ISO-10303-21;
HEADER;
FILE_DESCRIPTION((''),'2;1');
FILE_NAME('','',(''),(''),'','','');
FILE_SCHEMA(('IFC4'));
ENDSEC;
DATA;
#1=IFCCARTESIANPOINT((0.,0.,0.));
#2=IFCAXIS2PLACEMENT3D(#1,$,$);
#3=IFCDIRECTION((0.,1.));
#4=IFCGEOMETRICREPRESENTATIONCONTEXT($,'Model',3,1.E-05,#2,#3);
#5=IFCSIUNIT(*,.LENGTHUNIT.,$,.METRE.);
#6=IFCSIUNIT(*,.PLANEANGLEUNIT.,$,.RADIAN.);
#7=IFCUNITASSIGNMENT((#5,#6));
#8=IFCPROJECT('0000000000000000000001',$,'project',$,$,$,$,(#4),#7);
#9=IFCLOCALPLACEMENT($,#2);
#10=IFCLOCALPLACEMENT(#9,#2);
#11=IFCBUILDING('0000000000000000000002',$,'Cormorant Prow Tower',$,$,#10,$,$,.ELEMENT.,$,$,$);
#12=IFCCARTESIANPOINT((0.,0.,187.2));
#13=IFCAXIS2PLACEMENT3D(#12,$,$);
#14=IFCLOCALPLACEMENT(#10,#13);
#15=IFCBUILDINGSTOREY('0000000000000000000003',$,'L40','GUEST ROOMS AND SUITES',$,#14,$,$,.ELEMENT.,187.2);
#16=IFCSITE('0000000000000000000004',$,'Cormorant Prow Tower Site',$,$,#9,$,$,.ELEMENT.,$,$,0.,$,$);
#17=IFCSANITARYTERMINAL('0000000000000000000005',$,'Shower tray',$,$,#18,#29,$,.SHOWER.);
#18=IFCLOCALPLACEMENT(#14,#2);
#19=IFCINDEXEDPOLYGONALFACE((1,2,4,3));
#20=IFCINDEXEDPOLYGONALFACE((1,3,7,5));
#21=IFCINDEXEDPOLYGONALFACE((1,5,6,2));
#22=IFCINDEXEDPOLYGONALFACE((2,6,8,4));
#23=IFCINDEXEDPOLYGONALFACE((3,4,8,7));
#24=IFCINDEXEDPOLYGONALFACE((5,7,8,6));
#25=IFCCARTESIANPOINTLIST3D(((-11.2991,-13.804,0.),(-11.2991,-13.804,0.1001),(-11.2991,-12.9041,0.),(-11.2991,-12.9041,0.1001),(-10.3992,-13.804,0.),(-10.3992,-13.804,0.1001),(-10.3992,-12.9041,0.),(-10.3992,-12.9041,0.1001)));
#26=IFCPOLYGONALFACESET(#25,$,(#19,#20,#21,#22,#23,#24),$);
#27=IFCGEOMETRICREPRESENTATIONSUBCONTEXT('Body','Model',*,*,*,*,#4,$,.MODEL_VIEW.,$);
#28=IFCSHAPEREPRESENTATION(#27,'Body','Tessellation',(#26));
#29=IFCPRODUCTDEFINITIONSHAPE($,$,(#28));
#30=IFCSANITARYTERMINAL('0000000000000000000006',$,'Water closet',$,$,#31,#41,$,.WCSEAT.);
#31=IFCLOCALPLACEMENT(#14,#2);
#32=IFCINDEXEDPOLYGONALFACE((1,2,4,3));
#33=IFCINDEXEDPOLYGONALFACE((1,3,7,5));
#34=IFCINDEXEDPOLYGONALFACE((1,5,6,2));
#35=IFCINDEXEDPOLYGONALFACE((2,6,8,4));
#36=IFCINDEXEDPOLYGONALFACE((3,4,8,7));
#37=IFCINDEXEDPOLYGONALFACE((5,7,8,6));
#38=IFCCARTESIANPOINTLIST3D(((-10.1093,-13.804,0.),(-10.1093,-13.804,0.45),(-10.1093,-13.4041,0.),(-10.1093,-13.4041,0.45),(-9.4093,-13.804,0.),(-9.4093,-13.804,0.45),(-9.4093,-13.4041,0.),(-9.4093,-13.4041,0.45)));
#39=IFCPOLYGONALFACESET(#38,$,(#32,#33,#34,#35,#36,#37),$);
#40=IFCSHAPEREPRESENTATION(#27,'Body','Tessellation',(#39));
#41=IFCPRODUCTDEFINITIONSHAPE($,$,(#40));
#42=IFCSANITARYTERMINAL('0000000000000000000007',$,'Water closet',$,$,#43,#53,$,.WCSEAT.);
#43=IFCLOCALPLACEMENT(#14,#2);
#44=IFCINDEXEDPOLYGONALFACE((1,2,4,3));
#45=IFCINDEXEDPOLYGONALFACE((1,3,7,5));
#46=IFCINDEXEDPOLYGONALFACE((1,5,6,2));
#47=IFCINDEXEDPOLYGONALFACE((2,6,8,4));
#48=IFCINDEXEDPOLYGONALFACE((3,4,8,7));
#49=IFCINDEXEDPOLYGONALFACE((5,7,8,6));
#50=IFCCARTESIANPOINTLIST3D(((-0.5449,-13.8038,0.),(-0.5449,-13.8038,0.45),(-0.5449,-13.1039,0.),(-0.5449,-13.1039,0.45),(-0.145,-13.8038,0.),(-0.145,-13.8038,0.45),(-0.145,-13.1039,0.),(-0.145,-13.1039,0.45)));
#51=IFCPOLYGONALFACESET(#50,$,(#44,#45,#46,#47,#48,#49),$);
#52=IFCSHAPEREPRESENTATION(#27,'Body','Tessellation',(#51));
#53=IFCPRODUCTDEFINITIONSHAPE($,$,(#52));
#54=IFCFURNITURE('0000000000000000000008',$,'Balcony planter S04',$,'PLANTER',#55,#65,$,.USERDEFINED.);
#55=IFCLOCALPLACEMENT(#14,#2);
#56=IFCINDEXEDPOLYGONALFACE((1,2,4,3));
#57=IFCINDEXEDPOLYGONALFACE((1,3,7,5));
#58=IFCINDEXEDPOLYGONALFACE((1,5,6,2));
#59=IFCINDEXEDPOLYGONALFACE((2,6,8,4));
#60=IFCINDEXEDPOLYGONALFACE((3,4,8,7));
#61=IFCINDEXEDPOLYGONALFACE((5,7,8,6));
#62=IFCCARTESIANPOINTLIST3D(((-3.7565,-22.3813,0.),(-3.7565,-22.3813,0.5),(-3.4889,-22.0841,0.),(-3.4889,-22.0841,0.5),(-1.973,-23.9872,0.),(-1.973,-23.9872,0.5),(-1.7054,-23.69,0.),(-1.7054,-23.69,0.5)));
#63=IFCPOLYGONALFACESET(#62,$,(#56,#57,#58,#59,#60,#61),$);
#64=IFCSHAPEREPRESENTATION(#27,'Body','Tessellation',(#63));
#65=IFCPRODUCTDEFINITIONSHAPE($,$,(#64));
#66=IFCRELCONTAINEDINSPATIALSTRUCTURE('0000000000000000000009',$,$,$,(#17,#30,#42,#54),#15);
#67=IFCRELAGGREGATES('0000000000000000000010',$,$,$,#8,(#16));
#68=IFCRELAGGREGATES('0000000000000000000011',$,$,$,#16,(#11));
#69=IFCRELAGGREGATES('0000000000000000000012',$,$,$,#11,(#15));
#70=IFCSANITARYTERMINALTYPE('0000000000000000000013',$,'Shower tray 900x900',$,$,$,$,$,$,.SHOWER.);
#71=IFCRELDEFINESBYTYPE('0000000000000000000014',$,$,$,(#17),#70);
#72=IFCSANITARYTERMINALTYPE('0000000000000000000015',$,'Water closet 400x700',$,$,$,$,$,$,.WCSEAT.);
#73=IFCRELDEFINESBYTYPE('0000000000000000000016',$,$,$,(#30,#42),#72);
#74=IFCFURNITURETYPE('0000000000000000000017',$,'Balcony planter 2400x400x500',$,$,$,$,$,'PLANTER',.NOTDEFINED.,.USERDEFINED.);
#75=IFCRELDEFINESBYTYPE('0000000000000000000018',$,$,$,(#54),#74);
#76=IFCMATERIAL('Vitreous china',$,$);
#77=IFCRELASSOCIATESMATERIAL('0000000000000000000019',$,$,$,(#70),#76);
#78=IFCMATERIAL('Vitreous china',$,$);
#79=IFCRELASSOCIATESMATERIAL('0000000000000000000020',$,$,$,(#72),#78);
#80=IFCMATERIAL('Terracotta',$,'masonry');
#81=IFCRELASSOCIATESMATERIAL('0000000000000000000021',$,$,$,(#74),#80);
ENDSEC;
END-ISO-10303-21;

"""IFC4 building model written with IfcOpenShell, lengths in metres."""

from ifc_helpers import new_model, si_unit, direction, frame, origin, origin_2d, place, context, subcontext, project, spatial, rectangle, extrude, material, type_object, element, save


model = new_model("IFC4")

# Units and contexts
model_context = context("Model", 3, precision=1e-05, world=origin(), true_north=direction((0.0, 1.0)))
body_context = subcontext(model_context, "Body", "Model", "MODEL_VIEW")
ifc_project = project(units=[si_unit("LENGTHUNIT", "METRE"), si_unit("PLANEANGLEUNIT", "RADIAN")], contexts=[model_context])

# Site, building, storey
site_placement = place(None, origin())
site = spatial("IfcSite", under=ifc_project, at=site_placement, Name="Cormorant Prow Tower Site", CompositionType="ELEMENT", RefElevation=0.0)
building_placement = place(site_placement, origin())
building = spatial("IfcBuilding", under=site, at=building_placement, Name="Cormorant Prow Tower", CompositionType="ELEMENT")
storey_placement = place(building_placement, frame((0.0, 0.0, 187.2)))
storey = spatial("IfcBuildingStorey", under=building, at=storey_placement, Name="L40", Description="GUEST ROOMS AND SUITES", CompositionType="ELEMENT", Elevation=187.2)

# Sanitary terminals
ifc_material_1 = material(Name="Vitreous china")
sanitary_terminal_type_1 = type_object("IfcSanitaryTerminalType", Name="Shower tray 900x900", PredefinedType="SHOWER", material=ifc_material_1)
sanitary_terminal_placement = place(storey_placement, frame((-10.8491, -13.354, 0.0), z_axis=(0.0, 0.0, 1.0), x_axis=(-1.0, 0.0, 0.0)))
element("IfcSanitaryTerminal", 1, at=sanitary_terminal_placement, inside=storey, type_object=sanitary_terminal_type_1, Name="Shower tray", PredefinedType="SHOWER", context=body_context, shape_type="SweptSolid", body=[
    extrude(rectangle(XDim=0.8999, YDim=0.8999, at=origin_2d()), origin(), (0.0, 0.0, 1.0), 0.1001),
])
ifc_material_2 = material(Name="Vitreous china")
sanitary_terminal_type_2 = type_object("IfcSanitaryTerminalType", Name="Water closet 400x700", PredefinedType="WCSEAT", material=ifc_material_2)
for number, where, z_axis, x_axis, name in (
    (2, (-9.7593, -13.604, 0.0), (0.0, 0.0, 1.0), (0.0, 1.0, 0.0), "Water closet"),
    (3, (-0.345, -13.4539, 0.0), (0.0, 0.0, 1.0), (-1.0, 0.0, 0.0), "Water closet"),
):
    element("IfcSanitaryTerminal", number, at=place(storey_placement, frame(where, z_axis=z_axis, x_axis=x_axis)), inside=storey, type_object=sanitary_terminal_type_2, Name=name, PredefinedType="WCSEAT", context=body_context, shape_type="SweptSolid", body=[
        extrude(rectangle(XDim=0.3999, YDim=0.7, at=origin_2d()), origin(), (0.0, 0.0, 1.0), 0.45),
    ])

# Furniture
ifc_material_3 = material(Name="Terracotta", Category="masonry")
furniture_type = type_object("IfcFurnitureType", Name="Balcony planter 2400x400x500", ElementType="PLANTER", AssemblyPlace="NOTDEFINED", PredefinedType="USERDEFINED", material=ifc_material_3)
furniture_placement = place(storey_placement, frame((-2.731, -23.0356, 0.0), z_axis=(0.0, 0.0, 1.0), x_axis=(0.743145, -0.669131, 0.0)))
element("IfcFurniture", 4, at=furniture_placement, inside=storey, type_object=furniture_type, Name="Balcony planter S04", ObjectType="PLANTER", PredefinedType="USERDEFINED", context=body_context, shape_type="SweptSolid", body=[
    extrude(rectangle(XDim=2.3999, YDim=0.3999, at=origin_2d()), origin(), (0.0, 0.0, 1.0), 0.5),
])

save(model, "model.ifc")
